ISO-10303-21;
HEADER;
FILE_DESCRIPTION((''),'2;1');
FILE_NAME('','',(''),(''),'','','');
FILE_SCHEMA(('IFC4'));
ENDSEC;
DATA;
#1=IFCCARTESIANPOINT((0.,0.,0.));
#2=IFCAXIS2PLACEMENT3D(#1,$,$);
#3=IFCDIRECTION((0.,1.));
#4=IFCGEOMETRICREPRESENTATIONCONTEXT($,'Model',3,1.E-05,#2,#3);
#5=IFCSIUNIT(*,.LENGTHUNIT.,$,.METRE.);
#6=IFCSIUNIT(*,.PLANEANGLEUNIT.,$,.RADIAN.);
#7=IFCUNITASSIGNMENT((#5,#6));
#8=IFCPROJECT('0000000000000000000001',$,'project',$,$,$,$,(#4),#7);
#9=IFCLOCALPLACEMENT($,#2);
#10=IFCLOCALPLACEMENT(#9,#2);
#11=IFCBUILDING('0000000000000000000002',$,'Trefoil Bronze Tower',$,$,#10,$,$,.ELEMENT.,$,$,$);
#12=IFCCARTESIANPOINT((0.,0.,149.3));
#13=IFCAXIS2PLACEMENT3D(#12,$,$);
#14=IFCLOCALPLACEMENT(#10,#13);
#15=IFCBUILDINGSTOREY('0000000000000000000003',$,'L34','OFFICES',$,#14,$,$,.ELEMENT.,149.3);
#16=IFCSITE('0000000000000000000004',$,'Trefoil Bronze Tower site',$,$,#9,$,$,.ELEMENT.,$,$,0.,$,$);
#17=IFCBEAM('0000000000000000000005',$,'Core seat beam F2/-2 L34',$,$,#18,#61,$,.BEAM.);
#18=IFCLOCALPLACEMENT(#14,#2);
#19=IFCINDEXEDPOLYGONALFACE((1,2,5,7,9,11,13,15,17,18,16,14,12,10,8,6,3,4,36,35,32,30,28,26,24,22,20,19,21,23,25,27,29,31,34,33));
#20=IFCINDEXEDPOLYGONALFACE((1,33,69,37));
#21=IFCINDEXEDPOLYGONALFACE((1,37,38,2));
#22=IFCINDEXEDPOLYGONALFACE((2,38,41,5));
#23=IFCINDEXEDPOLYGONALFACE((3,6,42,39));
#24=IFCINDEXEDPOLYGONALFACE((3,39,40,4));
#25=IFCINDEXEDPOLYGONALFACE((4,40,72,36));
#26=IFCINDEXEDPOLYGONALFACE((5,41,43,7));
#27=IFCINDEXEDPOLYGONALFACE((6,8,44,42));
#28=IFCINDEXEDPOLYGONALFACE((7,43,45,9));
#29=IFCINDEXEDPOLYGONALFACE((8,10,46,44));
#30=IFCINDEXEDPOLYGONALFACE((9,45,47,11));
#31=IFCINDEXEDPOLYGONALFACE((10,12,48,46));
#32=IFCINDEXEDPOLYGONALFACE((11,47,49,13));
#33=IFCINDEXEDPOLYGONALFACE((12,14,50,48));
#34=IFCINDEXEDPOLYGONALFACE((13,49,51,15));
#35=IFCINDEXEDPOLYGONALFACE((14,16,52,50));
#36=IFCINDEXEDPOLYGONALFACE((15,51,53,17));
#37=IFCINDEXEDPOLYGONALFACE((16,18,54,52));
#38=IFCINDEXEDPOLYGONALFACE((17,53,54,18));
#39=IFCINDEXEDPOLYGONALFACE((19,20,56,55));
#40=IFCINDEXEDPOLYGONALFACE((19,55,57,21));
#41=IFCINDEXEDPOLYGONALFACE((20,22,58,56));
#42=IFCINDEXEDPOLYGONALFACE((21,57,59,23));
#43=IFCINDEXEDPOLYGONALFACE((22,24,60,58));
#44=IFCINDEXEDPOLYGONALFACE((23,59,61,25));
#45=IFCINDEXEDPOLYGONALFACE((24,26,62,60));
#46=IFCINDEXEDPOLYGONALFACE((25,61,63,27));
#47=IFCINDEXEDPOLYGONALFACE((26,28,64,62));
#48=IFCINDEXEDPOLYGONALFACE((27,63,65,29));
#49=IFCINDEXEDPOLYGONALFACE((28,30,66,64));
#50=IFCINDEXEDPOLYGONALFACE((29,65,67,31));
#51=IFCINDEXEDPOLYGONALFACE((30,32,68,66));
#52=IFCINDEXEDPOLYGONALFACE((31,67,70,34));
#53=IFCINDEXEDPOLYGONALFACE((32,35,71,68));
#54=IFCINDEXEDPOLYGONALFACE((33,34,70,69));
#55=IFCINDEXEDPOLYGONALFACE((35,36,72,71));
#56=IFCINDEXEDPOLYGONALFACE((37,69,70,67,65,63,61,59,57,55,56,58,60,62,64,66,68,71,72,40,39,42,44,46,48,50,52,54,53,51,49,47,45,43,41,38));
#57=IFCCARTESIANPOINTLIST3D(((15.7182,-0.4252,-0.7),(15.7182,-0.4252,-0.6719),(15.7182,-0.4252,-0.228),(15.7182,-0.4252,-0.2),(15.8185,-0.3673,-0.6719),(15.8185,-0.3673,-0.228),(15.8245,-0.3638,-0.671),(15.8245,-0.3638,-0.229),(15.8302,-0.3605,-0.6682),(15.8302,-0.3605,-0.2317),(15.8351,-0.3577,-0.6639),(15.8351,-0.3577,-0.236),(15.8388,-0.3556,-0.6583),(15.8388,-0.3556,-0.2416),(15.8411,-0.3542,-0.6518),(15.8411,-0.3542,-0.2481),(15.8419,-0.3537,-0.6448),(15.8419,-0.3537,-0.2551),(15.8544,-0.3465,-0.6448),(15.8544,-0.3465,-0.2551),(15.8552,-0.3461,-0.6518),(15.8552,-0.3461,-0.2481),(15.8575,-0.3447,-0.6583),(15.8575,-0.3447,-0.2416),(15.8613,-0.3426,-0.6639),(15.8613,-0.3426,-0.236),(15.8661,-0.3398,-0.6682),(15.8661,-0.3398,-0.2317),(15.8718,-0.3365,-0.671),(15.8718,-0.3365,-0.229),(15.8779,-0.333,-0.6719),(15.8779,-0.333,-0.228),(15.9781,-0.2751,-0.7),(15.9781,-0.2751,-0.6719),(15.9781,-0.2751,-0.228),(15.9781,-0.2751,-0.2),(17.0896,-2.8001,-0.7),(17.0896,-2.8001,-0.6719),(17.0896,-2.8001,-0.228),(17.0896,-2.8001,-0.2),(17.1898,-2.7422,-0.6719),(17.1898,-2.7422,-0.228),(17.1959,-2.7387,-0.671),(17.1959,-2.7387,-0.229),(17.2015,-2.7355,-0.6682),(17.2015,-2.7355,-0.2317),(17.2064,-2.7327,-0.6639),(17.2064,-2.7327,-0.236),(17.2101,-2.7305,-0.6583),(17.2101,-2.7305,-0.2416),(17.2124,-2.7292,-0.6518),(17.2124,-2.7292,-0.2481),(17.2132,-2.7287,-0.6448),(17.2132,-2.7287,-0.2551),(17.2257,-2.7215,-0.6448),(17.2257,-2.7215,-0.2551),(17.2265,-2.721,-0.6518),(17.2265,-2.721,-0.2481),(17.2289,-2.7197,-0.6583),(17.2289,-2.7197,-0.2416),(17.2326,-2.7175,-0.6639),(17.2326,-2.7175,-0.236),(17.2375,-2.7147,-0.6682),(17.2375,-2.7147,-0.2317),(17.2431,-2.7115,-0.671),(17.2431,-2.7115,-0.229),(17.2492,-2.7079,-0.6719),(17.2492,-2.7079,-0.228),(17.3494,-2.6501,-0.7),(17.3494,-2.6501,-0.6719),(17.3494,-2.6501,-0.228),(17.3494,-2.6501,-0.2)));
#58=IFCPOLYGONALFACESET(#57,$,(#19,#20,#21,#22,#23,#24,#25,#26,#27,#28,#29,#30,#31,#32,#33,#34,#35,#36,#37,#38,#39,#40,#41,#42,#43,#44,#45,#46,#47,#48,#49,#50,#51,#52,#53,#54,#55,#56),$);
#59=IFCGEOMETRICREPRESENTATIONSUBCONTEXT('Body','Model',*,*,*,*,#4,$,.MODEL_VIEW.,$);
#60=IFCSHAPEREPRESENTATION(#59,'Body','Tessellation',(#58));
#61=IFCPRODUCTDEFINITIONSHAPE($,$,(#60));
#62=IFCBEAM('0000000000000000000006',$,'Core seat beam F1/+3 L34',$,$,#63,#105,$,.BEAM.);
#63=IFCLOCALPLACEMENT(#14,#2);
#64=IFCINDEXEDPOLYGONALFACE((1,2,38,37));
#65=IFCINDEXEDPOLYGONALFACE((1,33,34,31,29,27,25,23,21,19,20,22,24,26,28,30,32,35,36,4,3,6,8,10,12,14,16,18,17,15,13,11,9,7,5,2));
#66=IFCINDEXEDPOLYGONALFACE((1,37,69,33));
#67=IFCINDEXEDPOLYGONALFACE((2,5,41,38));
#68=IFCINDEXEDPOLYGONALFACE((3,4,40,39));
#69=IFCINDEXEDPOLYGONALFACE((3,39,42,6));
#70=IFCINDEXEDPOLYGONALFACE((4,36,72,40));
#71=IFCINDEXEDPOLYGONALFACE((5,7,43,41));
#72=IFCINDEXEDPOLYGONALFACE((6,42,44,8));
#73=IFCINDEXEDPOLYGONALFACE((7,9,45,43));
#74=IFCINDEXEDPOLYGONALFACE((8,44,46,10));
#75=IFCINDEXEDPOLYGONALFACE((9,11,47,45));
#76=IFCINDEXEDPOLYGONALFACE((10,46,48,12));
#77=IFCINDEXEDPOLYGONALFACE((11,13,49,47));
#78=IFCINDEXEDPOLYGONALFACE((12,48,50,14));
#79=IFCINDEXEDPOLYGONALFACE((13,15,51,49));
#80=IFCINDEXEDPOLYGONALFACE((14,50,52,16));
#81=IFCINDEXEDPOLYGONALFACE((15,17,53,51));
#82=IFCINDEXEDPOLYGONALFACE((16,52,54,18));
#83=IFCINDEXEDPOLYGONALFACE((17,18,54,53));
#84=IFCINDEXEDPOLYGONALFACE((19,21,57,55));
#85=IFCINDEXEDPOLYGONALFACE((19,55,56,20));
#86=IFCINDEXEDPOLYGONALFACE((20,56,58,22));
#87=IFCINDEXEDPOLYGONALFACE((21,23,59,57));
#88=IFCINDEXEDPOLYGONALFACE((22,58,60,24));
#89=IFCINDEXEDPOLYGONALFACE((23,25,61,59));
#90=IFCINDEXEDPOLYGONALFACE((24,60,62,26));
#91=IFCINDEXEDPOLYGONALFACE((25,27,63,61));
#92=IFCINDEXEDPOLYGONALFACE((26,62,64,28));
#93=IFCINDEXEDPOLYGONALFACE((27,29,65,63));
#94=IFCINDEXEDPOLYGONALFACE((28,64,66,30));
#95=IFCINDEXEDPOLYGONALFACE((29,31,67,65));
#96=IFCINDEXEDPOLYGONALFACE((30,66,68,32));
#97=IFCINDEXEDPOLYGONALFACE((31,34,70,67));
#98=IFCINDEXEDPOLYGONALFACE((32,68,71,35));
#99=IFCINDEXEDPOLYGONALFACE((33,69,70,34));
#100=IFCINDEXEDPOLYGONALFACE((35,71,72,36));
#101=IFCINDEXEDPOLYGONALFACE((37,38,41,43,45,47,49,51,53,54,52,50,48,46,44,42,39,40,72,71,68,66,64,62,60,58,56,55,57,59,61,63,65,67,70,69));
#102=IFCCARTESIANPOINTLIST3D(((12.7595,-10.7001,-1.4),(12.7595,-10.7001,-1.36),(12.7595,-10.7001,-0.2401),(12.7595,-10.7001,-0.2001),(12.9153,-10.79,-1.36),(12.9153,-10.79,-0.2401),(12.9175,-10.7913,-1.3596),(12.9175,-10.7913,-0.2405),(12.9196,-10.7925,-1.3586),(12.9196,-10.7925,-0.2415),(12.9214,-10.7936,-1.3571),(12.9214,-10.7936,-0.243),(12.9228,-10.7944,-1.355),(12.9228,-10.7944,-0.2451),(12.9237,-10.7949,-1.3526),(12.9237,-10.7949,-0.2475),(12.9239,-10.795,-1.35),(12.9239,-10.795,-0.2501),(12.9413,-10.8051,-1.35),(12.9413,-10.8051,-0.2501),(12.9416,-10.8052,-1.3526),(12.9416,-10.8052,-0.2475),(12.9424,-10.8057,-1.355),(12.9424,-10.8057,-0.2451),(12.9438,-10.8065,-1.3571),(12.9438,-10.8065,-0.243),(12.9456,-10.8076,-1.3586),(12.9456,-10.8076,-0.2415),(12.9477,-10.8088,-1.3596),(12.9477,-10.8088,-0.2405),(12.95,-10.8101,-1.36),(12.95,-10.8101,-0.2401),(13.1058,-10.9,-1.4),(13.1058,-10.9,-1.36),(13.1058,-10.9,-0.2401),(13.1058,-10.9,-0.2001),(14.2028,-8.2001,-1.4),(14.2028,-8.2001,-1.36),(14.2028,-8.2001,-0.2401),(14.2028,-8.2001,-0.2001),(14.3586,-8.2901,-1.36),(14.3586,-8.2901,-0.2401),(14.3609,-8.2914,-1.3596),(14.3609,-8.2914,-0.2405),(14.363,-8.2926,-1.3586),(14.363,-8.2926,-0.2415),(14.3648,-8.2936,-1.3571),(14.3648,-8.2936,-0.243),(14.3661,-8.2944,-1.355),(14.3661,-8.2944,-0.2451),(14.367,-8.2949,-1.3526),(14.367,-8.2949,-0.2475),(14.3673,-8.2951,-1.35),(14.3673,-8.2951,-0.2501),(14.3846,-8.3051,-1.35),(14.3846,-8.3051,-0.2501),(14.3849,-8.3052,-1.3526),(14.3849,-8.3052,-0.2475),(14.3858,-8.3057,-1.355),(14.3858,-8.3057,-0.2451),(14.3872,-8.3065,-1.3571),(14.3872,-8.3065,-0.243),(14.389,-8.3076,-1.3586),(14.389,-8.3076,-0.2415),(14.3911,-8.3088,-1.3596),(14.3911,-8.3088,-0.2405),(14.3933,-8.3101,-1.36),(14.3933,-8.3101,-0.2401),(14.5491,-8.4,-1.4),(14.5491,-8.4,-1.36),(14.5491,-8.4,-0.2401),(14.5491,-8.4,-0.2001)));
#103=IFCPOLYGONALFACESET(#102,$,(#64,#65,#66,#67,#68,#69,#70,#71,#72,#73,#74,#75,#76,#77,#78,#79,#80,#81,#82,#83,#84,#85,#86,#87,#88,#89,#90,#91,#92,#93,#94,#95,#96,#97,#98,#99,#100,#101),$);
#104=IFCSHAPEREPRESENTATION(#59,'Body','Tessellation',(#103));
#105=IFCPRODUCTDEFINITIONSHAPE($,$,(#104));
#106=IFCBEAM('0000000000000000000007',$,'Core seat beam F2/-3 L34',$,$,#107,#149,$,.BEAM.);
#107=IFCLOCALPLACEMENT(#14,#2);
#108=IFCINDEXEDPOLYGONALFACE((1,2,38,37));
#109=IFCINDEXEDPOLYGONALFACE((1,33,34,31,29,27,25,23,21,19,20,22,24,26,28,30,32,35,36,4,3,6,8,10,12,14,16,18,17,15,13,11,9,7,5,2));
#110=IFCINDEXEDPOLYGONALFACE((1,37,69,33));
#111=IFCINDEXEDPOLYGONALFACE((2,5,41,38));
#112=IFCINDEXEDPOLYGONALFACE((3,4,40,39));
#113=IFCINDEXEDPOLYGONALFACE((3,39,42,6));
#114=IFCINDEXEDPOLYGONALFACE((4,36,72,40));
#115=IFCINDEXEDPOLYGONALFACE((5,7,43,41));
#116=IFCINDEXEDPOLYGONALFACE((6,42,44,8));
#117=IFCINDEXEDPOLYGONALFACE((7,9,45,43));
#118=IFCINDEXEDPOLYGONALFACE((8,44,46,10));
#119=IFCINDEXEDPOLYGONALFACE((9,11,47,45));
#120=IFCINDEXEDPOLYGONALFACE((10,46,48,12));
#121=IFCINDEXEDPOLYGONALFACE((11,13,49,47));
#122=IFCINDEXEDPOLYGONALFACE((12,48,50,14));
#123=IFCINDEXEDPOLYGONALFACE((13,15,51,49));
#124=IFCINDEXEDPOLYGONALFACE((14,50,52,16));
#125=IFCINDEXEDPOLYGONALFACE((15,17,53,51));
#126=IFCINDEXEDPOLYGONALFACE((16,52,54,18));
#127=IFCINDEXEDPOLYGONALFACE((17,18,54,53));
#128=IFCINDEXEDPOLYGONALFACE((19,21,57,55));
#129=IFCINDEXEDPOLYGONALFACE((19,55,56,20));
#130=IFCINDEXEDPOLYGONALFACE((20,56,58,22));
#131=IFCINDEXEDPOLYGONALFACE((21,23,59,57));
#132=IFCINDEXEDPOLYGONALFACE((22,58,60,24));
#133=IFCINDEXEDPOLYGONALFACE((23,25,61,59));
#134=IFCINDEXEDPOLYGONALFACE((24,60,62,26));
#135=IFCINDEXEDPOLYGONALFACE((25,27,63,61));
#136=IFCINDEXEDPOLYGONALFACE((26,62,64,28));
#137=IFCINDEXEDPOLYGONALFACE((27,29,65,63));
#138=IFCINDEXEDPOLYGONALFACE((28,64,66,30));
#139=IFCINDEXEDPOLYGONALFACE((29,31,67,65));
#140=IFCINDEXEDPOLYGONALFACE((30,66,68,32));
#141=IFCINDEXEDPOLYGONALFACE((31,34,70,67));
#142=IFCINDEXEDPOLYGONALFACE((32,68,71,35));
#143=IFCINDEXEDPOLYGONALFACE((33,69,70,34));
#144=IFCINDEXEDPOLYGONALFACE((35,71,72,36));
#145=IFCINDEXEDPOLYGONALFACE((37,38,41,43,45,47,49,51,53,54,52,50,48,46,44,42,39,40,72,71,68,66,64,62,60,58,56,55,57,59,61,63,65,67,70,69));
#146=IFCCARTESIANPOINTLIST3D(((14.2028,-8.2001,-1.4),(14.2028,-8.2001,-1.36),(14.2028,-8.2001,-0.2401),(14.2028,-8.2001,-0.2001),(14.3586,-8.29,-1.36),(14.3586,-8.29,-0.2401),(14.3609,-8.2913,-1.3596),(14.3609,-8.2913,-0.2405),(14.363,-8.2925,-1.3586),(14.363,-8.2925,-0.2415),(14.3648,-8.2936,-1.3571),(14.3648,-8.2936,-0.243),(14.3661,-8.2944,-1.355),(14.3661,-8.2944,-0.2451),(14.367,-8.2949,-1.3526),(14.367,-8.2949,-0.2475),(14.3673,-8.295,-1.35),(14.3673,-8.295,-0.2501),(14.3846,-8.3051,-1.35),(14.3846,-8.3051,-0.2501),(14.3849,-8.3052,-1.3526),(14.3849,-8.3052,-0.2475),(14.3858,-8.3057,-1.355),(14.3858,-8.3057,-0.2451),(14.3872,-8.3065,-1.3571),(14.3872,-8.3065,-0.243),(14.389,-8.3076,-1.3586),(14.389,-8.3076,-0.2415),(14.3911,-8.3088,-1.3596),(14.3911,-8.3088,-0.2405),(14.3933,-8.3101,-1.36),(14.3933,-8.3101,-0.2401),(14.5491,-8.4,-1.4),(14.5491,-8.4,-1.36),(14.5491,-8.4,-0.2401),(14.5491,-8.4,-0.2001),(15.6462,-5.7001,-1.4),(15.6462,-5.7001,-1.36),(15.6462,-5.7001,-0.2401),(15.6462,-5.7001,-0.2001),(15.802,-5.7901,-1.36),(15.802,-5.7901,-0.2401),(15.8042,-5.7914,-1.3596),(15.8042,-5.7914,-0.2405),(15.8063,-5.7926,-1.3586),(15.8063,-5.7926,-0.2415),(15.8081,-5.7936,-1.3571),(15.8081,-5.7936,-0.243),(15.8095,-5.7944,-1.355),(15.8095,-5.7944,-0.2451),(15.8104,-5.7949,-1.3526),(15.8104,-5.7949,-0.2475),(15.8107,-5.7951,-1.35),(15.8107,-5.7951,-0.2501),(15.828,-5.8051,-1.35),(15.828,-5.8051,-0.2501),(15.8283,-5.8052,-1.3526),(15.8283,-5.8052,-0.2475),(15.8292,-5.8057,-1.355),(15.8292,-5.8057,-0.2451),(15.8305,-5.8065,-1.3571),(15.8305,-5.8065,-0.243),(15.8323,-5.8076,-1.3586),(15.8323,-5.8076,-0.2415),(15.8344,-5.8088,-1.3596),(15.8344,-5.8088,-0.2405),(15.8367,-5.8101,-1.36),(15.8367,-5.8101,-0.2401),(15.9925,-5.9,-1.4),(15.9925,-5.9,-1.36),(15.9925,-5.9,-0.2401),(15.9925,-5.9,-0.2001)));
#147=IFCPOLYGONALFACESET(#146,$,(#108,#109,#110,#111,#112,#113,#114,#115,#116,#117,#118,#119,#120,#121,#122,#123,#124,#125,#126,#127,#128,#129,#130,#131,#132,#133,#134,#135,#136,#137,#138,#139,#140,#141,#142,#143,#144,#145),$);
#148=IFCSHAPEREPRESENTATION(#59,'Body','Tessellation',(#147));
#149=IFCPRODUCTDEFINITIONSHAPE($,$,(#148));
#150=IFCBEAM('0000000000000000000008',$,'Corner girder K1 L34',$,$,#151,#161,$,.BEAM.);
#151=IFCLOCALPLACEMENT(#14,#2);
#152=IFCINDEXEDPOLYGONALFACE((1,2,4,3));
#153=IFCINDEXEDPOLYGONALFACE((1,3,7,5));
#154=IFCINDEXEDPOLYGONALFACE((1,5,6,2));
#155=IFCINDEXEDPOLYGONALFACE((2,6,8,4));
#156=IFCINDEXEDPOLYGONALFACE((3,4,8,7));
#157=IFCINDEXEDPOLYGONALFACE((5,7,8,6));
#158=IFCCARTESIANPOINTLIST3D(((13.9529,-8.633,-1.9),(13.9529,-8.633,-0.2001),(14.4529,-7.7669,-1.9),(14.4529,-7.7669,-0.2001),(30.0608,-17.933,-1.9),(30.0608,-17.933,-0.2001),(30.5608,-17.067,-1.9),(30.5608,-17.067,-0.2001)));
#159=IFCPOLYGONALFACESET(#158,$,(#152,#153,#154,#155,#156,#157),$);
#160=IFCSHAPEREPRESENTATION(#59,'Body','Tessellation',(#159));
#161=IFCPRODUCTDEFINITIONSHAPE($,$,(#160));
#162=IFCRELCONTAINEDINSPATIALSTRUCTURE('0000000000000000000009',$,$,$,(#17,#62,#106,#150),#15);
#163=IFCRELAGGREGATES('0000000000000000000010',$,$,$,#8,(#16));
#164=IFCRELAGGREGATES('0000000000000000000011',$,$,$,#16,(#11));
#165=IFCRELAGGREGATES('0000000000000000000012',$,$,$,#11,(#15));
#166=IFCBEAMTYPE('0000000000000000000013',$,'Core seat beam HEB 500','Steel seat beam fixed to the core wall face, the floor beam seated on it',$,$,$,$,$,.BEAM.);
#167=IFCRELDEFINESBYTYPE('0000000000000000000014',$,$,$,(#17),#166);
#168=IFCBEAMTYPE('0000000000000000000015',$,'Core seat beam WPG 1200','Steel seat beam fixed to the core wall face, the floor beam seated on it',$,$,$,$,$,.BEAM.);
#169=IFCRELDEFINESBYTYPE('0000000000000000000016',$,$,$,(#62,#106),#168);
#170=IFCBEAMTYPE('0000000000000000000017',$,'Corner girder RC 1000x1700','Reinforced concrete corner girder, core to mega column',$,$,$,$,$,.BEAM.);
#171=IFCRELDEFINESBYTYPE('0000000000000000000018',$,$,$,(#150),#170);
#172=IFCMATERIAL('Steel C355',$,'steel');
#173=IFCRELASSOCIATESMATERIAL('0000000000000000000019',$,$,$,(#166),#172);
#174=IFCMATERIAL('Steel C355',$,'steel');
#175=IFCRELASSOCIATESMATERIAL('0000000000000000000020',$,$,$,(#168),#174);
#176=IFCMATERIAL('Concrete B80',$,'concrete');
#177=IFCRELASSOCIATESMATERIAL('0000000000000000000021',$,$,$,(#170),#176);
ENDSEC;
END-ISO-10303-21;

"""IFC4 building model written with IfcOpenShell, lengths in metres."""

from ifc_helpers import new_model, si_unit, direction, frame, origin, origin_2d, place, context, subcontext, project, spatial, rectangle, i_section, extrude, material, material_profile, profile_set, type_object, element, save


model = new_model("IFC4")

# Units and contexts
model_context = context("Model", 3, precision=1e-05, world=origin(), true_north=direction((0.0, 1.0)))
body_context = subcontext(model_context, "Body", "Model", "MODEL_VIEW")
ifc_project = project(units=[si_unit("LENGTHUNIT", "METRE"), si_unit("PLANEANGLEUNIT", "RADIAN")], contexts=[model_context])

# Site, building, storey
site_placement = place(None, origin())
site = spatial("IfcSite", under=ifc_project, at=site_placement, Name="Trefoil Bronze Tower site", CompositionType="ELEMENT", RefElevation=0.0)
building_placement = place(site_placement, origin())
building = spatial("IfcBuilding", under=site, at=building_placement, Name="Trefoil Bronze Tower", CompositionType="ELEMENT")
storey_placement = place(building_placement, frame((0.0, 0.0, 149.3)))
storey = spatial("IfcBuildingStorey", under=building, at=storey_placement, Name="L34", Description="OFFICES", CompositionType="ELEMENT", Elevation=149.3)

# Beams
ifc_material_1 = material(Name="Steel C355", Category="steel")
ifc_material_profile_1 = material_profile(ifc_material_1, i_section(OverallWidth=0.3, OverallDepth=0.5, WebThickness=0.0144, FlangeThickness=0.0281, FilletRadius=0.0271, at=origin_2d()), Name="HEB 500")
ifc_profile_set_1 = profile_set([ifc_material_profile_1], Name="Steel C355")
beam_type_1 = type_object("IfcBeamType", Name="Core seat beam HEB 500", Description="Steel seat beam fixed to the core wall face, the floor beam seated on it", PredefinedType="BEAM", material=ifc_profile_set_1)
beam_1_placement = place(storey_placement, frame((17.2195, -2.7251, -0.45), z_axis=(-0.500036, 0.866005, 0.0), x_axis=(-0.866005, -0.500036, 0.0)))
element("IfcBeam", 1, at=beam_1_placement, inside=storey, type_object=beam_type_1, Name="Core seat beam F2/-2 L34", PredefinedType="BEAM", context=body_context, shape_type="SweptSolid", body=[
    extrude(i_section(OverallWidth=0.3, OverallDepth=0.5, WebThickness=0.0144, FlangeThickness=0.0281, FilletRadius=0.0271, at=origin_2d()), origin(), (0.0, 0.0, 1.0), 2.7424),
])
ifc_material_2 = material(Name="Steel C355", Category="steel")
ifc_material_profile_2 = material_profile(ifc_material_2, i_section(OverallWidth=0.3999, OverallDepth=1.2, WebThickness=0.02, FlangeThickness=0.04, FilletRadius=0.01, at=origin_2d()), Name="WPG 1200")
ifc_profile_set_2 = profile_set([ifc_material_profile_2], Name="Steel C355")
beam_type_2 = type_object("IfcBeamType", Name="Core seat beam WPG 1200", Description="Steel seat beam fixed to the core wall face, the floor beam seated on it", PredefinedType="BEAM", material=ifc_profile_set_2)
for number, where, z_axis, x_axis, name in (
    (2, (12.9326, -10.8, -0.8), (0.499996, 0.866028, 0.0), (-0.866028, 0.499996, 0.0), "Core seat beam F1/+3 L34"),
    (3, (14.376, -8.3, -0.8), (0.499996, 0.866028, 0.0), (-0.866028, 0.499996, 0.0), "Core seat beam F2/-3 L34"),
):
    element("IfcBeam", number, at=place(storey_placement, frame(where, z_axis=z_axis, x_axis=x_axis)), inside=storey, type_object=beam_type_2, Name=name, PredefinedType="BEAM", context=body_context, shape_type="SweptSolid", body=[
        extrude(i_section(OverallWidth=0.3999, OverallDepth=1.2, WebThickness=0.02, FlangeThickness=0.04, FilletRadius=0.01, at=origin_2d()), origin(), (0.0, 0.0, 1.0), 2.8867),
    ])
ifc_material_3 = material(Name="Concrete B80", Category="concrete")
ifc_material_profile_3 = material_profile(ifc_material_3, rectangle(XDim=1.0, YDim=1.7, at=origin_2d()), Name="RC 1000x1700")
ifc_profile_set_3 = profile_set([ifc_material_profile_3], Name="Concrete B80")
beam_type_3 = type_object("IfcBeamType", Name="Corner girder RC 1000x1700", Description="Reinforced concrete corner girder, core to mega column", PredefinedType="BEAM", material=ifc_profile_set_3)
beam_2_placement = place(storey_placement, frame((14.2029, -8.2, -1.05), z_axis=(0.866022, -0.500006, 0.0), x_axis=(0.500006, 0.866022, 0.0)))
element("IfcBeam", 4, at=beam_2_placement, inside=storey, type_object=beam_type_3, Name="Corner girder K1 L34", PredefinedType="BEAM", context=body_context, shape_type="SweptSolid", body=[
    extrude(rectangle(XDim=1.0, YDim=1.7, at=origin_2d()), origin(), (0.0, 0.0, 1.0), 18.5999),
])

save(model, "model.ifc")
